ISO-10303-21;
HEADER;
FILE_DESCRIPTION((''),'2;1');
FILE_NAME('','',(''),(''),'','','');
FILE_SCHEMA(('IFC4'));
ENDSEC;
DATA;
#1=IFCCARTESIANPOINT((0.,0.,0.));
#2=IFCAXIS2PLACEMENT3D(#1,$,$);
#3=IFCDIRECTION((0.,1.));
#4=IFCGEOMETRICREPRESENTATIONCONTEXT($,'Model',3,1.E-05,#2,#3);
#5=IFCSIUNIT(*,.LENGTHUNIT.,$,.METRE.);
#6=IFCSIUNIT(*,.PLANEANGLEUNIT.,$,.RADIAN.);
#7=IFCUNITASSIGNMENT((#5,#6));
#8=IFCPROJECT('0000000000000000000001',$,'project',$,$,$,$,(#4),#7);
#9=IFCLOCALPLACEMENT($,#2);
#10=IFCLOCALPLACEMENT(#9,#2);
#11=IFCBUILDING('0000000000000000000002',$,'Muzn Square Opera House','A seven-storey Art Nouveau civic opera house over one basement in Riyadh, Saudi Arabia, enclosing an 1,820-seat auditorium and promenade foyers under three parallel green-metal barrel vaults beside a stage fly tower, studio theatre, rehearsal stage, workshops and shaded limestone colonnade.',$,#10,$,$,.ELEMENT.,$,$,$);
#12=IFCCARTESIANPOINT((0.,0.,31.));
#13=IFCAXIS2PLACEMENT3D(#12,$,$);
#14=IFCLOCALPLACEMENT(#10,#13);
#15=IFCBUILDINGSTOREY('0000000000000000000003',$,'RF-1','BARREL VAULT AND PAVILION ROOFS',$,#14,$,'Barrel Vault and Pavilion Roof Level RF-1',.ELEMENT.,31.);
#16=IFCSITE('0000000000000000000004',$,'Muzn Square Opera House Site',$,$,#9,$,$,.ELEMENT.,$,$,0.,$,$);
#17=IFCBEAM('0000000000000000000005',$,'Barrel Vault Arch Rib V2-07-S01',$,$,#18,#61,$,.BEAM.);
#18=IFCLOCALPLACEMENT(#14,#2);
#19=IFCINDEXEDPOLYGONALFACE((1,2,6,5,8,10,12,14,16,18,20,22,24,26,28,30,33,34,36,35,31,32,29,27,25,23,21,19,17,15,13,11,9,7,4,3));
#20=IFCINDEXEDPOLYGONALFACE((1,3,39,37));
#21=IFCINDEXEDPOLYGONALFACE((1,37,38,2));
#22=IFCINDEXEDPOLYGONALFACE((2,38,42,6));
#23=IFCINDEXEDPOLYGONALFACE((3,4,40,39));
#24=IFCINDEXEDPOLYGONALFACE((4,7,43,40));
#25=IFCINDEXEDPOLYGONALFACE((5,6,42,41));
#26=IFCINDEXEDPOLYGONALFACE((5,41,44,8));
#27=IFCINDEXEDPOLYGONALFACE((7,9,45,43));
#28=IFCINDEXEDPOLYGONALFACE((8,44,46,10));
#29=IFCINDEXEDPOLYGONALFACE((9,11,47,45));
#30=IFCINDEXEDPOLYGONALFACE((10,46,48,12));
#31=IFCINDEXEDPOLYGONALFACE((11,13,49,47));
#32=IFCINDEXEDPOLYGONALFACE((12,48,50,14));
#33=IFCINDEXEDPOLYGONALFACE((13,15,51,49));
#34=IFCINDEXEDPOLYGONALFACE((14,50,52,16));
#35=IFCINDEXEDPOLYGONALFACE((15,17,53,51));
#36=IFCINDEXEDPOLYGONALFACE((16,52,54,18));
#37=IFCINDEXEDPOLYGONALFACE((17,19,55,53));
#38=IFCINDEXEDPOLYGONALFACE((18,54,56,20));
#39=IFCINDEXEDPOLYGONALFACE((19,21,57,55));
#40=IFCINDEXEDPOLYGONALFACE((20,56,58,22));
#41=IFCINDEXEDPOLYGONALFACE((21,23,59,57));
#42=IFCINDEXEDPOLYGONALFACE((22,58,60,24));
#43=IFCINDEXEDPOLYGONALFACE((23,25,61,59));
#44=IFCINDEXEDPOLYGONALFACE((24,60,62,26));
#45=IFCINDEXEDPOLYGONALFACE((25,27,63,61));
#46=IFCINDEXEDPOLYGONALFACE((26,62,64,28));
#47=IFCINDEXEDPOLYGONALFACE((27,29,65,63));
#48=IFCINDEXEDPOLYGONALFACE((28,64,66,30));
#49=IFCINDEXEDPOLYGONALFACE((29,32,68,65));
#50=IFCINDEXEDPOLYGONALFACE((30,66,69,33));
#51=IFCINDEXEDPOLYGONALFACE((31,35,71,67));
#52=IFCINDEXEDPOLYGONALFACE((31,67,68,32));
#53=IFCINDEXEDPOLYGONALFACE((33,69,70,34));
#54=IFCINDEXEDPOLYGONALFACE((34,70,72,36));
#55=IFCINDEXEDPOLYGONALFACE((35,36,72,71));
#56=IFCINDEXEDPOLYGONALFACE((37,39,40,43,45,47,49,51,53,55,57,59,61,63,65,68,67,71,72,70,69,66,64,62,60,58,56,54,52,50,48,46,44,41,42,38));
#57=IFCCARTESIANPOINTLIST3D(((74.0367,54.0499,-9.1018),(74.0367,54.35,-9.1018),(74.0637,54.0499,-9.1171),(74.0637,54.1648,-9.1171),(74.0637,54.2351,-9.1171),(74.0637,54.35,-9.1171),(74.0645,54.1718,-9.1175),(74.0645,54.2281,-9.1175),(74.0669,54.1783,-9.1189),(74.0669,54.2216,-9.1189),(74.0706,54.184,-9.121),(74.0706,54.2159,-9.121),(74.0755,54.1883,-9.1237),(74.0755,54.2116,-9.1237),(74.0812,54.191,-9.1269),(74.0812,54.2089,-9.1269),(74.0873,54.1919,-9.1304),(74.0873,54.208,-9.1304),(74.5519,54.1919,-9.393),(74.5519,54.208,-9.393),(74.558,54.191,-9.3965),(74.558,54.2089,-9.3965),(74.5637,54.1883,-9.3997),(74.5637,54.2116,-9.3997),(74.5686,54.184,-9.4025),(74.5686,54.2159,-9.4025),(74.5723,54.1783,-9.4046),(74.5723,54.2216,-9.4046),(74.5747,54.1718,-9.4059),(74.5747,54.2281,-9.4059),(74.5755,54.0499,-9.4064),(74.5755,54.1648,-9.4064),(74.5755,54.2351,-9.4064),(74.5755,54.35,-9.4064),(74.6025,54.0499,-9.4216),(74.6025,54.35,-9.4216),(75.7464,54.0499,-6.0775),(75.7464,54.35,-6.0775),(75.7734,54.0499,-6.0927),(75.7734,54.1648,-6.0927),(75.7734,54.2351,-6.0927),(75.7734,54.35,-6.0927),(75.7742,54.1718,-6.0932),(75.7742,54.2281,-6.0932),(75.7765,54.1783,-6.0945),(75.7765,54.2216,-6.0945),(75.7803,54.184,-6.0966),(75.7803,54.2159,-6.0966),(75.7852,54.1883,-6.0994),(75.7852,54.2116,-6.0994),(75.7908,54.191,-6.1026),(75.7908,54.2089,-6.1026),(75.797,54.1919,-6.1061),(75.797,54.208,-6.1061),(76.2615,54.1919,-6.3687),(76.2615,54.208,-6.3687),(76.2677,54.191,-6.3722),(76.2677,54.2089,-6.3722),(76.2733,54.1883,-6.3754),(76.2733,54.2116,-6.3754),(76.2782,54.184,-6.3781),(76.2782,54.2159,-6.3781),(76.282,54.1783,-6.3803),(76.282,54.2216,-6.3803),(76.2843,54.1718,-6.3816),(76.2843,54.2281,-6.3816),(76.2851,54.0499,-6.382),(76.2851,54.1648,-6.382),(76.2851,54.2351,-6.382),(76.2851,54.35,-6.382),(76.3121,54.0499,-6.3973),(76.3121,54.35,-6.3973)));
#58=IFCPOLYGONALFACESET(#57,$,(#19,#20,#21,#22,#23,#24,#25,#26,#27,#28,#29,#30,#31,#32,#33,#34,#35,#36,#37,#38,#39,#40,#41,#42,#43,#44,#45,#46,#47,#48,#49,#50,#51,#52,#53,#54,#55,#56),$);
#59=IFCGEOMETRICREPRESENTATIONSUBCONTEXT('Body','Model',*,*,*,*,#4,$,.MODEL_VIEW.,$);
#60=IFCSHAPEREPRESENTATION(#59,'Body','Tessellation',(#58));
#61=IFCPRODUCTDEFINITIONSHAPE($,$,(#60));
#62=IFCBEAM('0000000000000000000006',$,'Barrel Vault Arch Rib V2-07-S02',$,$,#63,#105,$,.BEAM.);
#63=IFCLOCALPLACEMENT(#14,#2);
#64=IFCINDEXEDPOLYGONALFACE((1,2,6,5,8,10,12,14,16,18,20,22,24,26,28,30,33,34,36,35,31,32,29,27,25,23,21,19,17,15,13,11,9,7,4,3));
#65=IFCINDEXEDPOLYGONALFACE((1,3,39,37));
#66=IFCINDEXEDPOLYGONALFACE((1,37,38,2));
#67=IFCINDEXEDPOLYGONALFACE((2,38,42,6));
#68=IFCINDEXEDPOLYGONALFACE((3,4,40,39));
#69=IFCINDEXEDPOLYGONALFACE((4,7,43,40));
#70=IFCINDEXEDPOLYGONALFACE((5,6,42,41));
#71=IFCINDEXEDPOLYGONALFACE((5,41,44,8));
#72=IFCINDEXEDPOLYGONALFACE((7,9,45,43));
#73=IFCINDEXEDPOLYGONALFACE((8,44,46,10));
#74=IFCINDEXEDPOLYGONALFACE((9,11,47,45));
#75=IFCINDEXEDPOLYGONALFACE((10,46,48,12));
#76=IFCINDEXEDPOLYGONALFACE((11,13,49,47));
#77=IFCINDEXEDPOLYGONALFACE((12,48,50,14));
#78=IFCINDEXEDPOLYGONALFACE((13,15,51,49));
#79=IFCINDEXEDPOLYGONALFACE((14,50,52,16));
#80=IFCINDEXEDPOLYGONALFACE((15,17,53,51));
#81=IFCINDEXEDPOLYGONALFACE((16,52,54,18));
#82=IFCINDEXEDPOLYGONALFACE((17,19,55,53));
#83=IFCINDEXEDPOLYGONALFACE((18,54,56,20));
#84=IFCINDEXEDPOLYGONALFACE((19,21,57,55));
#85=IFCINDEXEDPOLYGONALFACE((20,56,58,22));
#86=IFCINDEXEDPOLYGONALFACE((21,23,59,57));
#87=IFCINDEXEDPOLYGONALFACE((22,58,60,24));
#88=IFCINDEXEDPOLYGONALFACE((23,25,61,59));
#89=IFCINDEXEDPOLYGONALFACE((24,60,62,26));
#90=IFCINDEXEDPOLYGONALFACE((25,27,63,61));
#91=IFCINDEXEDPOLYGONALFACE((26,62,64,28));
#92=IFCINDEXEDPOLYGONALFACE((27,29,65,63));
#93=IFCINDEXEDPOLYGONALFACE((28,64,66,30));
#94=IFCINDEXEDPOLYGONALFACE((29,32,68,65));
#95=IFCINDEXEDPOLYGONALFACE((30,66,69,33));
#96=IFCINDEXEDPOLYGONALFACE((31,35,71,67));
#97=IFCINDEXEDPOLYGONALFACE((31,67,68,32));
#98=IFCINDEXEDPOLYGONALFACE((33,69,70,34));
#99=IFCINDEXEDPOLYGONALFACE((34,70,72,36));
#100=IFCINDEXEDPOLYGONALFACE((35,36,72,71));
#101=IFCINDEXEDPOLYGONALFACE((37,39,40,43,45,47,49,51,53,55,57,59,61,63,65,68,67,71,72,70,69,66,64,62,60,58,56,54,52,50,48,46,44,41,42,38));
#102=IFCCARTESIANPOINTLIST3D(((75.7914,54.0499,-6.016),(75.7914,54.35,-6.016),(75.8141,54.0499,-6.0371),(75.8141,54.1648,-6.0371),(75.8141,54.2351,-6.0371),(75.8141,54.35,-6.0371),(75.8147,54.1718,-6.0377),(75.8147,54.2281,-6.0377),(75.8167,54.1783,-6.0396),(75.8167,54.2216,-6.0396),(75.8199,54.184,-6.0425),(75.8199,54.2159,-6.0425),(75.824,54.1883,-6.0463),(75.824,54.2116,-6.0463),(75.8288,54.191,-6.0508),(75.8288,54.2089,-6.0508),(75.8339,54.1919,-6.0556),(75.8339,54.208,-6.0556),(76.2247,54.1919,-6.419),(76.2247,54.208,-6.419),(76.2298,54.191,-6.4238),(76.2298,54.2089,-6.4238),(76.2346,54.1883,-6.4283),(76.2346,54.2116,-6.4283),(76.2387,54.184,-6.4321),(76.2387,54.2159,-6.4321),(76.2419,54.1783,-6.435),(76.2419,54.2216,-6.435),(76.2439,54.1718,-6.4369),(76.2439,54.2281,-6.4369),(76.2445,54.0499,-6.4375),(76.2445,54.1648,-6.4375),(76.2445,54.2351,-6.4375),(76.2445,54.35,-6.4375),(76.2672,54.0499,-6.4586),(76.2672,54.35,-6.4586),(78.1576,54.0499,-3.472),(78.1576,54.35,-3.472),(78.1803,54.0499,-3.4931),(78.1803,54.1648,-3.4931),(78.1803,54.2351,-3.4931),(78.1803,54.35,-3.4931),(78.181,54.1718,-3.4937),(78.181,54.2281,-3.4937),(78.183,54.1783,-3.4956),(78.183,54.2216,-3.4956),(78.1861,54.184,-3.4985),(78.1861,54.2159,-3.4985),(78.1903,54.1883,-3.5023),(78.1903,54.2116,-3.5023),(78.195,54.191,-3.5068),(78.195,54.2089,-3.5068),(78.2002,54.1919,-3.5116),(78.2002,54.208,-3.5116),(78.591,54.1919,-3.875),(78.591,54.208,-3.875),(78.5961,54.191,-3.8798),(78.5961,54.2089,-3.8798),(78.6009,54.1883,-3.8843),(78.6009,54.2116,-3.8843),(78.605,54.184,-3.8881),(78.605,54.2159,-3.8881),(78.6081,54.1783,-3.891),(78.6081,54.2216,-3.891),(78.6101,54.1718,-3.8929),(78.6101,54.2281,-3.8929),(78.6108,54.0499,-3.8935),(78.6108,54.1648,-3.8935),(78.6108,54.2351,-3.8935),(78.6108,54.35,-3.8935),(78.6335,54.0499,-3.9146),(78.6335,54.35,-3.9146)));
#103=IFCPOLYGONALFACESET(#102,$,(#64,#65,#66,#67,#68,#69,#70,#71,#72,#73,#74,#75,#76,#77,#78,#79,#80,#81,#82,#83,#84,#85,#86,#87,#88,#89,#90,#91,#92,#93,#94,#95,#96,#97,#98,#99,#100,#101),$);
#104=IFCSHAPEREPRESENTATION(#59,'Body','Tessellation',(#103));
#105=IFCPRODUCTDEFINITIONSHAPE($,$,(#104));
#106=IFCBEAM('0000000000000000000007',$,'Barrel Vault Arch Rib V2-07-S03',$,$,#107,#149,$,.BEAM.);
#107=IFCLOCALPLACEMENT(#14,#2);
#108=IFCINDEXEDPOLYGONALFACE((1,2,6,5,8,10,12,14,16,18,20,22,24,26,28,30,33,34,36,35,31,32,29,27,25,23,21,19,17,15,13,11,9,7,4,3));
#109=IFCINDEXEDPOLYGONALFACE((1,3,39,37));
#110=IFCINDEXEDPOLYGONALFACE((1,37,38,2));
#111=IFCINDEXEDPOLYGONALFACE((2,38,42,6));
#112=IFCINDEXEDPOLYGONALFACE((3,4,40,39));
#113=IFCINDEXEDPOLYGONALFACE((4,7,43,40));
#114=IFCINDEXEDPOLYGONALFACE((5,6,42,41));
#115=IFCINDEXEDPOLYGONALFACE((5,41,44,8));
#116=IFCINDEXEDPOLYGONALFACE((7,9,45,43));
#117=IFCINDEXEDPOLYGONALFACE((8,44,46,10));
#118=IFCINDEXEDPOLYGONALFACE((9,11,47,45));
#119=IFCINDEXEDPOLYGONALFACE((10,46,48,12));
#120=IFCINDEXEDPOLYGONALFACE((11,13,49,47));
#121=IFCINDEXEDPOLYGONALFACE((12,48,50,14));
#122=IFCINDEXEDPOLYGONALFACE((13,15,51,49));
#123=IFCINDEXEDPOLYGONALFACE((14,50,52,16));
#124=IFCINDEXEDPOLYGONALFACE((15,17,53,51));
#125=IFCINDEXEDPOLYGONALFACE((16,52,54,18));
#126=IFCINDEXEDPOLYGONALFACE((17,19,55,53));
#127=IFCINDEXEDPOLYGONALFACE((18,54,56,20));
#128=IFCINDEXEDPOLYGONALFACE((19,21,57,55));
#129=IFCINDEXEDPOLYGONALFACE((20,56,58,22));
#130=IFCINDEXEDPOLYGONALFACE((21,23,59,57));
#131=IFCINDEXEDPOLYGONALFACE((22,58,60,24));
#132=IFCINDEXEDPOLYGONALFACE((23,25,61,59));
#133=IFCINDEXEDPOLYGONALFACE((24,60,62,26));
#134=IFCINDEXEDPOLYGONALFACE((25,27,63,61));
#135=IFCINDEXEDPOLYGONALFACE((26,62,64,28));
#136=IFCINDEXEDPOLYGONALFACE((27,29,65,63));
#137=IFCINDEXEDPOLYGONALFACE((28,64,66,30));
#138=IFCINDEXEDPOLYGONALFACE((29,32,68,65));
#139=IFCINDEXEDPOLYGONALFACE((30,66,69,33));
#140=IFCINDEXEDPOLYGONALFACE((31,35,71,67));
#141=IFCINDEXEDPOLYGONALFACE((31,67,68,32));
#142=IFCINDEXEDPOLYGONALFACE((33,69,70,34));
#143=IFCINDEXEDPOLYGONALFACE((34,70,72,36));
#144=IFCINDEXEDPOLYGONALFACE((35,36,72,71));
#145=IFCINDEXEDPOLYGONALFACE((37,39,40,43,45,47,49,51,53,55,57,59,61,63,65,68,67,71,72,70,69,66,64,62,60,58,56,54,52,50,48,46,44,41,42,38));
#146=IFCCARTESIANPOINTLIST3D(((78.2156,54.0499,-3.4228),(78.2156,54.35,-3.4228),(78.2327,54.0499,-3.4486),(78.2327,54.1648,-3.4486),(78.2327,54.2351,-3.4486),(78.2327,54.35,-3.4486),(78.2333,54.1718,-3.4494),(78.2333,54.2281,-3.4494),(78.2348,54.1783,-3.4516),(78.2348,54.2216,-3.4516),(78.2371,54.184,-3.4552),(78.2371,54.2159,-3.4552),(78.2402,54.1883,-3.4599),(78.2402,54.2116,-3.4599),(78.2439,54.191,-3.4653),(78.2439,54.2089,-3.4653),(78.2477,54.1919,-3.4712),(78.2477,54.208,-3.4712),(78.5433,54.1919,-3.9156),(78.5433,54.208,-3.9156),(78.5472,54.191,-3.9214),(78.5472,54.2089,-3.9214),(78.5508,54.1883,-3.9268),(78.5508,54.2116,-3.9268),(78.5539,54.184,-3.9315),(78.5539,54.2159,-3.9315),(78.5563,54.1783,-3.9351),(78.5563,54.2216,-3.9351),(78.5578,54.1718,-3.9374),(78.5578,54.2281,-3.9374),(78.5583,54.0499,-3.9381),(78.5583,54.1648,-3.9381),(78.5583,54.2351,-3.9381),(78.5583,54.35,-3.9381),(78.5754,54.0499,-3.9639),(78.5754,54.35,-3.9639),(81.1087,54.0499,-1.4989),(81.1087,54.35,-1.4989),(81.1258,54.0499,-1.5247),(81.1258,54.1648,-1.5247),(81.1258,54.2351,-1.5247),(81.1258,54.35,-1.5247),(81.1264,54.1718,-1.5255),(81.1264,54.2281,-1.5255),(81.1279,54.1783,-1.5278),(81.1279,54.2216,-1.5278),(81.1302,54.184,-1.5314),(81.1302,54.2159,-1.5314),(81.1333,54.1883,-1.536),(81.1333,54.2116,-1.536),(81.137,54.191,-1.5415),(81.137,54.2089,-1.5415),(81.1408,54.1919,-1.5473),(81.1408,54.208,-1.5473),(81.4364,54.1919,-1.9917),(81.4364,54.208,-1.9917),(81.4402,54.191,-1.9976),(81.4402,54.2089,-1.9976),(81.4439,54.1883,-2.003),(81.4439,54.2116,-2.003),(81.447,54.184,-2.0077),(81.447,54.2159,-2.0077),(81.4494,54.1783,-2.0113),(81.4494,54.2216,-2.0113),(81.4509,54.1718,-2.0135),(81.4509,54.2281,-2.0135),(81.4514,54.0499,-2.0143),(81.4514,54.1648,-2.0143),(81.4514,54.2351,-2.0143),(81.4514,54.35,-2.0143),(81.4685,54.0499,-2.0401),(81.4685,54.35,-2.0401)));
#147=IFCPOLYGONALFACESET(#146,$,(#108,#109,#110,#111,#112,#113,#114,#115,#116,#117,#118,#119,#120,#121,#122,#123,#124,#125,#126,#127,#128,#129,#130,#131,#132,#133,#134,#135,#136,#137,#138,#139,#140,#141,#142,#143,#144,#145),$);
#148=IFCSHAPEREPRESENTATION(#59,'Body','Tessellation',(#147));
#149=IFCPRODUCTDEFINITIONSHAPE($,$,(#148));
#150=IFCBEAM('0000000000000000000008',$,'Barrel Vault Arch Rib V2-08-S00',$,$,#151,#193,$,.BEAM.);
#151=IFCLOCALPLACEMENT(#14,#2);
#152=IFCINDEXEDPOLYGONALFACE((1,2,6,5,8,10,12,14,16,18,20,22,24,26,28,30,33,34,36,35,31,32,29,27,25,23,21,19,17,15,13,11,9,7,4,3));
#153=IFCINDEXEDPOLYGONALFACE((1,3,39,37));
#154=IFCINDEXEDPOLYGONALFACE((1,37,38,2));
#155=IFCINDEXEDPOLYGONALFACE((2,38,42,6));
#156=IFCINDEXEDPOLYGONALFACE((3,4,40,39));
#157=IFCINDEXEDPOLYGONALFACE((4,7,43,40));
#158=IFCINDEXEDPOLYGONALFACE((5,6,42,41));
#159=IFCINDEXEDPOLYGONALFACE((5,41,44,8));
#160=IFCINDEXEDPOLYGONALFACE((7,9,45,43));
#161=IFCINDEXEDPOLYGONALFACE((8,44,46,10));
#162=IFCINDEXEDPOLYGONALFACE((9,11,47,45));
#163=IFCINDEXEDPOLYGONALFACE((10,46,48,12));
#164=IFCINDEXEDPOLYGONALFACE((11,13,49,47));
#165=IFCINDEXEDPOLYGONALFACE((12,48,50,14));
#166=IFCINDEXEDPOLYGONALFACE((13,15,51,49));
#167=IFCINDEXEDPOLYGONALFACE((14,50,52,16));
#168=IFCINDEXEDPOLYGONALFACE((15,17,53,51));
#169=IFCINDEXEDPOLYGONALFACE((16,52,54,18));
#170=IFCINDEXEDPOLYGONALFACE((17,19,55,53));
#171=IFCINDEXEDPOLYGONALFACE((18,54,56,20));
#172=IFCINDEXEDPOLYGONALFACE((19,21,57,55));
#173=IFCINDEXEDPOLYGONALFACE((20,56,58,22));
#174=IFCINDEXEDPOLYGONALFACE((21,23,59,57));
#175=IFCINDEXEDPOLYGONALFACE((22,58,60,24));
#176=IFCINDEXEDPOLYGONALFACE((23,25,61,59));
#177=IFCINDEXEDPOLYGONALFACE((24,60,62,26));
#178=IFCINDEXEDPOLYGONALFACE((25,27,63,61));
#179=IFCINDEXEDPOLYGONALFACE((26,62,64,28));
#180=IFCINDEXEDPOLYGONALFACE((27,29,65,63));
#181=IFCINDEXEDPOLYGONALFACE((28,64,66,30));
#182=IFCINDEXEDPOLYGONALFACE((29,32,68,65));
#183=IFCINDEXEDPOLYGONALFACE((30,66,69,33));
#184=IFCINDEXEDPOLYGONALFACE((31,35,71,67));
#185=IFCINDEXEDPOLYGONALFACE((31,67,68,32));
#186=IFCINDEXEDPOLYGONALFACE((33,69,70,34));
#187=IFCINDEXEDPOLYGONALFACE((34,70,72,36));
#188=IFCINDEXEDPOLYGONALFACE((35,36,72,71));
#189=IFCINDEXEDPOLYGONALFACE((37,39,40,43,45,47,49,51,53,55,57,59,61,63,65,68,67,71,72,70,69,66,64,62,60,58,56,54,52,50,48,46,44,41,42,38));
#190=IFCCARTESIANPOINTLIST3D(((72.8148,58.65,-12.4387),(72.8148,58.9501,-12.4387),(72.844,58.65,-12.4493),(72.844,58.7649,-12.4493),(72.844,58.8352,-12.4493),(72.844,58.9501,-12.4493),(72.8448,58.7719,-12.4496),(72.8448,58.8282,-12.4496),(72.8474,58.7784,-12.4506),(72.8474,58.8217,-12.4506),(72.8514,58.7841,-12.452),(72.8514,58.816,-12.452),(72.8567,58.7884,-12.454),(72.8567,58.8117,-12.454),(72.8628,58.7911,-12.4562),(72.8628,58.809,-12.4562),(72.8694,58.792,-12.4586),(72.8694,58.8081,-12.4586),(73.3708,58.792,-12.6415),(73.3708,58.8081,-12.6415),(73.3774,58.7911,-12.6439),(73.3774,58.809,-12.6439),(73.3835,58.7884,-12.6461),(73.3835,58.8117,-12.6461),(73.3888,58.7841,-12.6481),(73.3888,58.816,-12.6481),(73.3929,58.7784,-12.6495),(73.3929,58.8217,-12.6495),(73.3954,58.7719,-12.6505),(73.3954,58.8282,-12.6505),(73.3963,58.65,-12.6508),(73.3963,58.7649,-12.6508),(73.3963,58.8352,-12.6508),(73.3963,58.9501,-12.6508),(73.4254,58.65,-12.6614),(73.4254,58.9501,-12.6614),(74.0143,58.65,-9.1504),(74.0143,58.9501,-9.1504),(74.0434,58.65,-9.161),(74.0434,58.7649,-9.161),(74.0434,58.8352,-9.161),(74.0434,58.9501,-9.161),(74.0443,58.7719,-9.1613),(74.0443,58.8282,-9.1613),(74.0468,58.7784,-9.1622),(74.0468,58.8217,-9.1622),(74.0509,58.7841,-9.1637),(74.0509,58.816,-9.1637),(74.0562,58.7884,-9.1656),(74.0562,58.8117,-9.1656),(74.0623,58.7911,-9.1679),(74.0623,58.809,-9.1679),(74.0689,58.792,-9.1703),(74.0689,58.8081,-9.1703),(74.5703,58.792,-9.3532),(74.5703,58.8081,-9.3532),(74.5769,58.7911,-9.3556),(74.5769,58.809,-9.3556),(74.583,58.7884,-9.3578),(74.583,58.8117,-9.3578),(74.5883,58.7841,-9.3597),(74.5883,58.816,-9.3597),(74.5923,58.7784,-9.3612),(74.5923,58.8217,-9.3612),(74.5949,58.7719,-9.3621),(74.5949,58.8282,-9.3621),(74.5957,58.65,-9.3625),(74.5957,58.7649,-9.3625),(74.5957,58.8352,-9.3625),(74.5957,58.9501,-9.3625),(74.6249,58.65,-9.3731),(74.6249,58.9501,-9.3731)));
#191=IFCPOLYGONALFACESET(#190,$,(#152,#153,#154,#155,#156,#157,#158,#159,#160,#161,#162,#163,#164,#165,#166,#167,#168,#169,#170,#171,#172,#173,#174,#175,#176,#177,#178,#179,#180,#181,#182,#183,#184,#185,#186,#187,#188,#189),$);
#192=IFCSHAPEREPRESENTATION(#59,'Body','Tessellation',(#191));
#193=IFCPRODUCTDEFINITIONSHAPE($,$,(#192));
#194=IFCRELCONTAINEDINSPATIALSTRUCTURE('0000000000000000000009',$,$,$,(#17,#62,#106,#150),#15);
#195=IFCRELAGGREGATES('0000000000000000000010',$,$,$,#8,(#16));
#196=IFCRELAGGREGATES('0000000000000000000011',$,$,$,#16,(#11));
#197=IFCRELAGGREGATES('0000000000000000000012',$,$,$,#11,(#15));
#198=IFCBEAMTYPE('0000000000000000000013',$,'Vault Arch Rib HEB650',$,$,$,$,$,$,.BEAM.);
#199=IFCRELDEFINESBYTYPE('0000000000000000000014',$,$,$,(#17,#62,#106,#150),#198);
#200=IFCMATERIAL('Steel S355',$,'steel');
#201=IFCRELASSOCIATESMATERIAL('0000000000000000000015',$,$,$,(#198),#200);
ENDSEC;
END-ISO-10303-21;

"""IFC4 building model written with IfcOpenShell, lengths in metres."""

from ifc_helpers import new_model, si_unit, direction, frame, origin, origin_2d, place, context, subcontext, project, spatial, i_section, extrude, material, material_profile, profile_set, type_object, element, save


model = new_model("IFC4")

# Units and contexts
model_context = context("Model", 3, precision=1e-05, world=origin(), true_north=direction((0.0, 1.0)))
body_context = subcontext(model_context, "Body", "Model", "MODEL_VIEW")
ifc_project = project(units=[si_unit("LENGTHUNIT", "METRE"), si_unit("PLANEANGLEUNIT", "RADIAN")], contexts=[model_context])

# Site, building, storey
site_placement = place(None, origin())
site = spatial("IfcSite", under=ifc_project, at=site_placement, Name="Muzn Square Opera House Site", CompositionType="ELEMENT", RefElevation=0.0)
building_placement = place(site_placement, origin())
building = spatial("IfcBuilding", under=site, at=building_placement, Name="Muzn Square Opera House", Description="A seven-storey Art Nouveau civic opera house over one basement in Riyadh, Saudi Arabia, enclosing an 1,820-seat auditorium and promenade foyers under three parallel green-metal barrel vaults beside a stage fly tower, studio theatre, rehearsal stage, workshops and shaded limestone colonnade.", CompositionType="ELEMENT")
storey_placement = place(building_placement, frame((0.0, 0.0, 31.0)))
storey = spatial("IfcBuildingStorey", under=building, at=storey_placement, Name="RF-1", Description="BARREL VAULT AND PAVILION ROOFS", LongName="Barrel Vault and Pavilion Roof Level RF-1", CompositionType="ELEMENT", Elevation=31.0)

# Beams
ifc_material_1 = material(Name="Steel S355", Category="steel")
ifc_material_profile_1 = material_profile(ifc_material_1, i_section(OverallWidth=0.3, OverallDepth=0.6499, WebThickness=0.0161, FlangeThickness=0.031, FilletRadius=0.0271, at=origin_2d()), Name="HEB 650", Category="steel")
ifc_profile_set_1 = profile_set([ifc_material_profile_1], Name="Steel S355")
beam_type_1 = type_object("IfcBeamType", Name="Vault Arch Rib HEB650", PredefinedType="BEAM", material=ifc_profile_set_1)
beam_1_placement = place(storey_placement, frame((74.3196, 54.2, -9.2617), z_axis=(0.492115, 0.0, 0.87053), x_axis=(0.0, 1.0, 0.0)))
element("IfcBeam", 1, at=beam_1_placement, inside=storey, type_object=beam_type_1, Name="Barrel Vault Arch Rib V2-07-S01", PredefinedType="BEAM", context=body_context, shape_type="SweptSolid", body=[
    extrude(i_section(OverallWidth=0.3, OverallDepth=0.6499, WebThickness=0.0161, FlangeThickness=0.031, FilletRadius=0.0271, at=origin_2d()), origin(), (0.0, 0.0, 1.0), 3.4741),
])
for number, where, z_axis, x_axis, name in (
    (2, (76.0293, 54.2, -6.2373), (0.681065, 0.0, 0.732223), (0.0, 1.0, 0.0), "Barrel Vault Arch Rib V2-07-S02"),
    (3, (78.3955, 54.2, -3.6934), (0.832698, 0.0, 0.553727), (0.0, 1.0, 0.0), "Barrel Vault Arch Rib V2-07-S03"),
):
    element("IfcBeam", number, at=place(storey_placement, frame(where, z_axis=z_axis, x_axis=x_axis)), inside=storey, type_object=beam_type_1, Name=name, PredefinedType="BEAM", context=body_context, shape_type="SweptSolid", body=[
        extrude(i_section(OverallWidth=0.3, OverallDepth=0.6499, WebThickness=0.0161, FlangeThickness=0.031, FilletRadius=0.0271, at=origin_2d()), origin(), (0.0, 0.0, 1.0), 3.4744),
    ])
beam_2_placement = place(storey_placement, frame((73.1201, 58.8, -12.55), z_axis=(0.342678, 0.0, 0.939453), x_axis=(0.0, 1.0, 0.0)))
element("IfcBeam", 4, at=beam_2_placement, inside=storey, type_object=beam_type_1, Name="Barrel Vault Arch Rib V2-08-S00", PredefinedType="BEAM", context=body_context, shape_type="SweptSolid", body=[
    extrude(i_section(OverallWidth=0.3, OverallDepth=0.6499, WebThickness=0.0161, FlangeThickness=0.031, FilletRadius=0.0271, at=origin_2d()), origin(), (0.0, 0.0, 1.0), 3.5002),
])

save(model, "model.ifc")
